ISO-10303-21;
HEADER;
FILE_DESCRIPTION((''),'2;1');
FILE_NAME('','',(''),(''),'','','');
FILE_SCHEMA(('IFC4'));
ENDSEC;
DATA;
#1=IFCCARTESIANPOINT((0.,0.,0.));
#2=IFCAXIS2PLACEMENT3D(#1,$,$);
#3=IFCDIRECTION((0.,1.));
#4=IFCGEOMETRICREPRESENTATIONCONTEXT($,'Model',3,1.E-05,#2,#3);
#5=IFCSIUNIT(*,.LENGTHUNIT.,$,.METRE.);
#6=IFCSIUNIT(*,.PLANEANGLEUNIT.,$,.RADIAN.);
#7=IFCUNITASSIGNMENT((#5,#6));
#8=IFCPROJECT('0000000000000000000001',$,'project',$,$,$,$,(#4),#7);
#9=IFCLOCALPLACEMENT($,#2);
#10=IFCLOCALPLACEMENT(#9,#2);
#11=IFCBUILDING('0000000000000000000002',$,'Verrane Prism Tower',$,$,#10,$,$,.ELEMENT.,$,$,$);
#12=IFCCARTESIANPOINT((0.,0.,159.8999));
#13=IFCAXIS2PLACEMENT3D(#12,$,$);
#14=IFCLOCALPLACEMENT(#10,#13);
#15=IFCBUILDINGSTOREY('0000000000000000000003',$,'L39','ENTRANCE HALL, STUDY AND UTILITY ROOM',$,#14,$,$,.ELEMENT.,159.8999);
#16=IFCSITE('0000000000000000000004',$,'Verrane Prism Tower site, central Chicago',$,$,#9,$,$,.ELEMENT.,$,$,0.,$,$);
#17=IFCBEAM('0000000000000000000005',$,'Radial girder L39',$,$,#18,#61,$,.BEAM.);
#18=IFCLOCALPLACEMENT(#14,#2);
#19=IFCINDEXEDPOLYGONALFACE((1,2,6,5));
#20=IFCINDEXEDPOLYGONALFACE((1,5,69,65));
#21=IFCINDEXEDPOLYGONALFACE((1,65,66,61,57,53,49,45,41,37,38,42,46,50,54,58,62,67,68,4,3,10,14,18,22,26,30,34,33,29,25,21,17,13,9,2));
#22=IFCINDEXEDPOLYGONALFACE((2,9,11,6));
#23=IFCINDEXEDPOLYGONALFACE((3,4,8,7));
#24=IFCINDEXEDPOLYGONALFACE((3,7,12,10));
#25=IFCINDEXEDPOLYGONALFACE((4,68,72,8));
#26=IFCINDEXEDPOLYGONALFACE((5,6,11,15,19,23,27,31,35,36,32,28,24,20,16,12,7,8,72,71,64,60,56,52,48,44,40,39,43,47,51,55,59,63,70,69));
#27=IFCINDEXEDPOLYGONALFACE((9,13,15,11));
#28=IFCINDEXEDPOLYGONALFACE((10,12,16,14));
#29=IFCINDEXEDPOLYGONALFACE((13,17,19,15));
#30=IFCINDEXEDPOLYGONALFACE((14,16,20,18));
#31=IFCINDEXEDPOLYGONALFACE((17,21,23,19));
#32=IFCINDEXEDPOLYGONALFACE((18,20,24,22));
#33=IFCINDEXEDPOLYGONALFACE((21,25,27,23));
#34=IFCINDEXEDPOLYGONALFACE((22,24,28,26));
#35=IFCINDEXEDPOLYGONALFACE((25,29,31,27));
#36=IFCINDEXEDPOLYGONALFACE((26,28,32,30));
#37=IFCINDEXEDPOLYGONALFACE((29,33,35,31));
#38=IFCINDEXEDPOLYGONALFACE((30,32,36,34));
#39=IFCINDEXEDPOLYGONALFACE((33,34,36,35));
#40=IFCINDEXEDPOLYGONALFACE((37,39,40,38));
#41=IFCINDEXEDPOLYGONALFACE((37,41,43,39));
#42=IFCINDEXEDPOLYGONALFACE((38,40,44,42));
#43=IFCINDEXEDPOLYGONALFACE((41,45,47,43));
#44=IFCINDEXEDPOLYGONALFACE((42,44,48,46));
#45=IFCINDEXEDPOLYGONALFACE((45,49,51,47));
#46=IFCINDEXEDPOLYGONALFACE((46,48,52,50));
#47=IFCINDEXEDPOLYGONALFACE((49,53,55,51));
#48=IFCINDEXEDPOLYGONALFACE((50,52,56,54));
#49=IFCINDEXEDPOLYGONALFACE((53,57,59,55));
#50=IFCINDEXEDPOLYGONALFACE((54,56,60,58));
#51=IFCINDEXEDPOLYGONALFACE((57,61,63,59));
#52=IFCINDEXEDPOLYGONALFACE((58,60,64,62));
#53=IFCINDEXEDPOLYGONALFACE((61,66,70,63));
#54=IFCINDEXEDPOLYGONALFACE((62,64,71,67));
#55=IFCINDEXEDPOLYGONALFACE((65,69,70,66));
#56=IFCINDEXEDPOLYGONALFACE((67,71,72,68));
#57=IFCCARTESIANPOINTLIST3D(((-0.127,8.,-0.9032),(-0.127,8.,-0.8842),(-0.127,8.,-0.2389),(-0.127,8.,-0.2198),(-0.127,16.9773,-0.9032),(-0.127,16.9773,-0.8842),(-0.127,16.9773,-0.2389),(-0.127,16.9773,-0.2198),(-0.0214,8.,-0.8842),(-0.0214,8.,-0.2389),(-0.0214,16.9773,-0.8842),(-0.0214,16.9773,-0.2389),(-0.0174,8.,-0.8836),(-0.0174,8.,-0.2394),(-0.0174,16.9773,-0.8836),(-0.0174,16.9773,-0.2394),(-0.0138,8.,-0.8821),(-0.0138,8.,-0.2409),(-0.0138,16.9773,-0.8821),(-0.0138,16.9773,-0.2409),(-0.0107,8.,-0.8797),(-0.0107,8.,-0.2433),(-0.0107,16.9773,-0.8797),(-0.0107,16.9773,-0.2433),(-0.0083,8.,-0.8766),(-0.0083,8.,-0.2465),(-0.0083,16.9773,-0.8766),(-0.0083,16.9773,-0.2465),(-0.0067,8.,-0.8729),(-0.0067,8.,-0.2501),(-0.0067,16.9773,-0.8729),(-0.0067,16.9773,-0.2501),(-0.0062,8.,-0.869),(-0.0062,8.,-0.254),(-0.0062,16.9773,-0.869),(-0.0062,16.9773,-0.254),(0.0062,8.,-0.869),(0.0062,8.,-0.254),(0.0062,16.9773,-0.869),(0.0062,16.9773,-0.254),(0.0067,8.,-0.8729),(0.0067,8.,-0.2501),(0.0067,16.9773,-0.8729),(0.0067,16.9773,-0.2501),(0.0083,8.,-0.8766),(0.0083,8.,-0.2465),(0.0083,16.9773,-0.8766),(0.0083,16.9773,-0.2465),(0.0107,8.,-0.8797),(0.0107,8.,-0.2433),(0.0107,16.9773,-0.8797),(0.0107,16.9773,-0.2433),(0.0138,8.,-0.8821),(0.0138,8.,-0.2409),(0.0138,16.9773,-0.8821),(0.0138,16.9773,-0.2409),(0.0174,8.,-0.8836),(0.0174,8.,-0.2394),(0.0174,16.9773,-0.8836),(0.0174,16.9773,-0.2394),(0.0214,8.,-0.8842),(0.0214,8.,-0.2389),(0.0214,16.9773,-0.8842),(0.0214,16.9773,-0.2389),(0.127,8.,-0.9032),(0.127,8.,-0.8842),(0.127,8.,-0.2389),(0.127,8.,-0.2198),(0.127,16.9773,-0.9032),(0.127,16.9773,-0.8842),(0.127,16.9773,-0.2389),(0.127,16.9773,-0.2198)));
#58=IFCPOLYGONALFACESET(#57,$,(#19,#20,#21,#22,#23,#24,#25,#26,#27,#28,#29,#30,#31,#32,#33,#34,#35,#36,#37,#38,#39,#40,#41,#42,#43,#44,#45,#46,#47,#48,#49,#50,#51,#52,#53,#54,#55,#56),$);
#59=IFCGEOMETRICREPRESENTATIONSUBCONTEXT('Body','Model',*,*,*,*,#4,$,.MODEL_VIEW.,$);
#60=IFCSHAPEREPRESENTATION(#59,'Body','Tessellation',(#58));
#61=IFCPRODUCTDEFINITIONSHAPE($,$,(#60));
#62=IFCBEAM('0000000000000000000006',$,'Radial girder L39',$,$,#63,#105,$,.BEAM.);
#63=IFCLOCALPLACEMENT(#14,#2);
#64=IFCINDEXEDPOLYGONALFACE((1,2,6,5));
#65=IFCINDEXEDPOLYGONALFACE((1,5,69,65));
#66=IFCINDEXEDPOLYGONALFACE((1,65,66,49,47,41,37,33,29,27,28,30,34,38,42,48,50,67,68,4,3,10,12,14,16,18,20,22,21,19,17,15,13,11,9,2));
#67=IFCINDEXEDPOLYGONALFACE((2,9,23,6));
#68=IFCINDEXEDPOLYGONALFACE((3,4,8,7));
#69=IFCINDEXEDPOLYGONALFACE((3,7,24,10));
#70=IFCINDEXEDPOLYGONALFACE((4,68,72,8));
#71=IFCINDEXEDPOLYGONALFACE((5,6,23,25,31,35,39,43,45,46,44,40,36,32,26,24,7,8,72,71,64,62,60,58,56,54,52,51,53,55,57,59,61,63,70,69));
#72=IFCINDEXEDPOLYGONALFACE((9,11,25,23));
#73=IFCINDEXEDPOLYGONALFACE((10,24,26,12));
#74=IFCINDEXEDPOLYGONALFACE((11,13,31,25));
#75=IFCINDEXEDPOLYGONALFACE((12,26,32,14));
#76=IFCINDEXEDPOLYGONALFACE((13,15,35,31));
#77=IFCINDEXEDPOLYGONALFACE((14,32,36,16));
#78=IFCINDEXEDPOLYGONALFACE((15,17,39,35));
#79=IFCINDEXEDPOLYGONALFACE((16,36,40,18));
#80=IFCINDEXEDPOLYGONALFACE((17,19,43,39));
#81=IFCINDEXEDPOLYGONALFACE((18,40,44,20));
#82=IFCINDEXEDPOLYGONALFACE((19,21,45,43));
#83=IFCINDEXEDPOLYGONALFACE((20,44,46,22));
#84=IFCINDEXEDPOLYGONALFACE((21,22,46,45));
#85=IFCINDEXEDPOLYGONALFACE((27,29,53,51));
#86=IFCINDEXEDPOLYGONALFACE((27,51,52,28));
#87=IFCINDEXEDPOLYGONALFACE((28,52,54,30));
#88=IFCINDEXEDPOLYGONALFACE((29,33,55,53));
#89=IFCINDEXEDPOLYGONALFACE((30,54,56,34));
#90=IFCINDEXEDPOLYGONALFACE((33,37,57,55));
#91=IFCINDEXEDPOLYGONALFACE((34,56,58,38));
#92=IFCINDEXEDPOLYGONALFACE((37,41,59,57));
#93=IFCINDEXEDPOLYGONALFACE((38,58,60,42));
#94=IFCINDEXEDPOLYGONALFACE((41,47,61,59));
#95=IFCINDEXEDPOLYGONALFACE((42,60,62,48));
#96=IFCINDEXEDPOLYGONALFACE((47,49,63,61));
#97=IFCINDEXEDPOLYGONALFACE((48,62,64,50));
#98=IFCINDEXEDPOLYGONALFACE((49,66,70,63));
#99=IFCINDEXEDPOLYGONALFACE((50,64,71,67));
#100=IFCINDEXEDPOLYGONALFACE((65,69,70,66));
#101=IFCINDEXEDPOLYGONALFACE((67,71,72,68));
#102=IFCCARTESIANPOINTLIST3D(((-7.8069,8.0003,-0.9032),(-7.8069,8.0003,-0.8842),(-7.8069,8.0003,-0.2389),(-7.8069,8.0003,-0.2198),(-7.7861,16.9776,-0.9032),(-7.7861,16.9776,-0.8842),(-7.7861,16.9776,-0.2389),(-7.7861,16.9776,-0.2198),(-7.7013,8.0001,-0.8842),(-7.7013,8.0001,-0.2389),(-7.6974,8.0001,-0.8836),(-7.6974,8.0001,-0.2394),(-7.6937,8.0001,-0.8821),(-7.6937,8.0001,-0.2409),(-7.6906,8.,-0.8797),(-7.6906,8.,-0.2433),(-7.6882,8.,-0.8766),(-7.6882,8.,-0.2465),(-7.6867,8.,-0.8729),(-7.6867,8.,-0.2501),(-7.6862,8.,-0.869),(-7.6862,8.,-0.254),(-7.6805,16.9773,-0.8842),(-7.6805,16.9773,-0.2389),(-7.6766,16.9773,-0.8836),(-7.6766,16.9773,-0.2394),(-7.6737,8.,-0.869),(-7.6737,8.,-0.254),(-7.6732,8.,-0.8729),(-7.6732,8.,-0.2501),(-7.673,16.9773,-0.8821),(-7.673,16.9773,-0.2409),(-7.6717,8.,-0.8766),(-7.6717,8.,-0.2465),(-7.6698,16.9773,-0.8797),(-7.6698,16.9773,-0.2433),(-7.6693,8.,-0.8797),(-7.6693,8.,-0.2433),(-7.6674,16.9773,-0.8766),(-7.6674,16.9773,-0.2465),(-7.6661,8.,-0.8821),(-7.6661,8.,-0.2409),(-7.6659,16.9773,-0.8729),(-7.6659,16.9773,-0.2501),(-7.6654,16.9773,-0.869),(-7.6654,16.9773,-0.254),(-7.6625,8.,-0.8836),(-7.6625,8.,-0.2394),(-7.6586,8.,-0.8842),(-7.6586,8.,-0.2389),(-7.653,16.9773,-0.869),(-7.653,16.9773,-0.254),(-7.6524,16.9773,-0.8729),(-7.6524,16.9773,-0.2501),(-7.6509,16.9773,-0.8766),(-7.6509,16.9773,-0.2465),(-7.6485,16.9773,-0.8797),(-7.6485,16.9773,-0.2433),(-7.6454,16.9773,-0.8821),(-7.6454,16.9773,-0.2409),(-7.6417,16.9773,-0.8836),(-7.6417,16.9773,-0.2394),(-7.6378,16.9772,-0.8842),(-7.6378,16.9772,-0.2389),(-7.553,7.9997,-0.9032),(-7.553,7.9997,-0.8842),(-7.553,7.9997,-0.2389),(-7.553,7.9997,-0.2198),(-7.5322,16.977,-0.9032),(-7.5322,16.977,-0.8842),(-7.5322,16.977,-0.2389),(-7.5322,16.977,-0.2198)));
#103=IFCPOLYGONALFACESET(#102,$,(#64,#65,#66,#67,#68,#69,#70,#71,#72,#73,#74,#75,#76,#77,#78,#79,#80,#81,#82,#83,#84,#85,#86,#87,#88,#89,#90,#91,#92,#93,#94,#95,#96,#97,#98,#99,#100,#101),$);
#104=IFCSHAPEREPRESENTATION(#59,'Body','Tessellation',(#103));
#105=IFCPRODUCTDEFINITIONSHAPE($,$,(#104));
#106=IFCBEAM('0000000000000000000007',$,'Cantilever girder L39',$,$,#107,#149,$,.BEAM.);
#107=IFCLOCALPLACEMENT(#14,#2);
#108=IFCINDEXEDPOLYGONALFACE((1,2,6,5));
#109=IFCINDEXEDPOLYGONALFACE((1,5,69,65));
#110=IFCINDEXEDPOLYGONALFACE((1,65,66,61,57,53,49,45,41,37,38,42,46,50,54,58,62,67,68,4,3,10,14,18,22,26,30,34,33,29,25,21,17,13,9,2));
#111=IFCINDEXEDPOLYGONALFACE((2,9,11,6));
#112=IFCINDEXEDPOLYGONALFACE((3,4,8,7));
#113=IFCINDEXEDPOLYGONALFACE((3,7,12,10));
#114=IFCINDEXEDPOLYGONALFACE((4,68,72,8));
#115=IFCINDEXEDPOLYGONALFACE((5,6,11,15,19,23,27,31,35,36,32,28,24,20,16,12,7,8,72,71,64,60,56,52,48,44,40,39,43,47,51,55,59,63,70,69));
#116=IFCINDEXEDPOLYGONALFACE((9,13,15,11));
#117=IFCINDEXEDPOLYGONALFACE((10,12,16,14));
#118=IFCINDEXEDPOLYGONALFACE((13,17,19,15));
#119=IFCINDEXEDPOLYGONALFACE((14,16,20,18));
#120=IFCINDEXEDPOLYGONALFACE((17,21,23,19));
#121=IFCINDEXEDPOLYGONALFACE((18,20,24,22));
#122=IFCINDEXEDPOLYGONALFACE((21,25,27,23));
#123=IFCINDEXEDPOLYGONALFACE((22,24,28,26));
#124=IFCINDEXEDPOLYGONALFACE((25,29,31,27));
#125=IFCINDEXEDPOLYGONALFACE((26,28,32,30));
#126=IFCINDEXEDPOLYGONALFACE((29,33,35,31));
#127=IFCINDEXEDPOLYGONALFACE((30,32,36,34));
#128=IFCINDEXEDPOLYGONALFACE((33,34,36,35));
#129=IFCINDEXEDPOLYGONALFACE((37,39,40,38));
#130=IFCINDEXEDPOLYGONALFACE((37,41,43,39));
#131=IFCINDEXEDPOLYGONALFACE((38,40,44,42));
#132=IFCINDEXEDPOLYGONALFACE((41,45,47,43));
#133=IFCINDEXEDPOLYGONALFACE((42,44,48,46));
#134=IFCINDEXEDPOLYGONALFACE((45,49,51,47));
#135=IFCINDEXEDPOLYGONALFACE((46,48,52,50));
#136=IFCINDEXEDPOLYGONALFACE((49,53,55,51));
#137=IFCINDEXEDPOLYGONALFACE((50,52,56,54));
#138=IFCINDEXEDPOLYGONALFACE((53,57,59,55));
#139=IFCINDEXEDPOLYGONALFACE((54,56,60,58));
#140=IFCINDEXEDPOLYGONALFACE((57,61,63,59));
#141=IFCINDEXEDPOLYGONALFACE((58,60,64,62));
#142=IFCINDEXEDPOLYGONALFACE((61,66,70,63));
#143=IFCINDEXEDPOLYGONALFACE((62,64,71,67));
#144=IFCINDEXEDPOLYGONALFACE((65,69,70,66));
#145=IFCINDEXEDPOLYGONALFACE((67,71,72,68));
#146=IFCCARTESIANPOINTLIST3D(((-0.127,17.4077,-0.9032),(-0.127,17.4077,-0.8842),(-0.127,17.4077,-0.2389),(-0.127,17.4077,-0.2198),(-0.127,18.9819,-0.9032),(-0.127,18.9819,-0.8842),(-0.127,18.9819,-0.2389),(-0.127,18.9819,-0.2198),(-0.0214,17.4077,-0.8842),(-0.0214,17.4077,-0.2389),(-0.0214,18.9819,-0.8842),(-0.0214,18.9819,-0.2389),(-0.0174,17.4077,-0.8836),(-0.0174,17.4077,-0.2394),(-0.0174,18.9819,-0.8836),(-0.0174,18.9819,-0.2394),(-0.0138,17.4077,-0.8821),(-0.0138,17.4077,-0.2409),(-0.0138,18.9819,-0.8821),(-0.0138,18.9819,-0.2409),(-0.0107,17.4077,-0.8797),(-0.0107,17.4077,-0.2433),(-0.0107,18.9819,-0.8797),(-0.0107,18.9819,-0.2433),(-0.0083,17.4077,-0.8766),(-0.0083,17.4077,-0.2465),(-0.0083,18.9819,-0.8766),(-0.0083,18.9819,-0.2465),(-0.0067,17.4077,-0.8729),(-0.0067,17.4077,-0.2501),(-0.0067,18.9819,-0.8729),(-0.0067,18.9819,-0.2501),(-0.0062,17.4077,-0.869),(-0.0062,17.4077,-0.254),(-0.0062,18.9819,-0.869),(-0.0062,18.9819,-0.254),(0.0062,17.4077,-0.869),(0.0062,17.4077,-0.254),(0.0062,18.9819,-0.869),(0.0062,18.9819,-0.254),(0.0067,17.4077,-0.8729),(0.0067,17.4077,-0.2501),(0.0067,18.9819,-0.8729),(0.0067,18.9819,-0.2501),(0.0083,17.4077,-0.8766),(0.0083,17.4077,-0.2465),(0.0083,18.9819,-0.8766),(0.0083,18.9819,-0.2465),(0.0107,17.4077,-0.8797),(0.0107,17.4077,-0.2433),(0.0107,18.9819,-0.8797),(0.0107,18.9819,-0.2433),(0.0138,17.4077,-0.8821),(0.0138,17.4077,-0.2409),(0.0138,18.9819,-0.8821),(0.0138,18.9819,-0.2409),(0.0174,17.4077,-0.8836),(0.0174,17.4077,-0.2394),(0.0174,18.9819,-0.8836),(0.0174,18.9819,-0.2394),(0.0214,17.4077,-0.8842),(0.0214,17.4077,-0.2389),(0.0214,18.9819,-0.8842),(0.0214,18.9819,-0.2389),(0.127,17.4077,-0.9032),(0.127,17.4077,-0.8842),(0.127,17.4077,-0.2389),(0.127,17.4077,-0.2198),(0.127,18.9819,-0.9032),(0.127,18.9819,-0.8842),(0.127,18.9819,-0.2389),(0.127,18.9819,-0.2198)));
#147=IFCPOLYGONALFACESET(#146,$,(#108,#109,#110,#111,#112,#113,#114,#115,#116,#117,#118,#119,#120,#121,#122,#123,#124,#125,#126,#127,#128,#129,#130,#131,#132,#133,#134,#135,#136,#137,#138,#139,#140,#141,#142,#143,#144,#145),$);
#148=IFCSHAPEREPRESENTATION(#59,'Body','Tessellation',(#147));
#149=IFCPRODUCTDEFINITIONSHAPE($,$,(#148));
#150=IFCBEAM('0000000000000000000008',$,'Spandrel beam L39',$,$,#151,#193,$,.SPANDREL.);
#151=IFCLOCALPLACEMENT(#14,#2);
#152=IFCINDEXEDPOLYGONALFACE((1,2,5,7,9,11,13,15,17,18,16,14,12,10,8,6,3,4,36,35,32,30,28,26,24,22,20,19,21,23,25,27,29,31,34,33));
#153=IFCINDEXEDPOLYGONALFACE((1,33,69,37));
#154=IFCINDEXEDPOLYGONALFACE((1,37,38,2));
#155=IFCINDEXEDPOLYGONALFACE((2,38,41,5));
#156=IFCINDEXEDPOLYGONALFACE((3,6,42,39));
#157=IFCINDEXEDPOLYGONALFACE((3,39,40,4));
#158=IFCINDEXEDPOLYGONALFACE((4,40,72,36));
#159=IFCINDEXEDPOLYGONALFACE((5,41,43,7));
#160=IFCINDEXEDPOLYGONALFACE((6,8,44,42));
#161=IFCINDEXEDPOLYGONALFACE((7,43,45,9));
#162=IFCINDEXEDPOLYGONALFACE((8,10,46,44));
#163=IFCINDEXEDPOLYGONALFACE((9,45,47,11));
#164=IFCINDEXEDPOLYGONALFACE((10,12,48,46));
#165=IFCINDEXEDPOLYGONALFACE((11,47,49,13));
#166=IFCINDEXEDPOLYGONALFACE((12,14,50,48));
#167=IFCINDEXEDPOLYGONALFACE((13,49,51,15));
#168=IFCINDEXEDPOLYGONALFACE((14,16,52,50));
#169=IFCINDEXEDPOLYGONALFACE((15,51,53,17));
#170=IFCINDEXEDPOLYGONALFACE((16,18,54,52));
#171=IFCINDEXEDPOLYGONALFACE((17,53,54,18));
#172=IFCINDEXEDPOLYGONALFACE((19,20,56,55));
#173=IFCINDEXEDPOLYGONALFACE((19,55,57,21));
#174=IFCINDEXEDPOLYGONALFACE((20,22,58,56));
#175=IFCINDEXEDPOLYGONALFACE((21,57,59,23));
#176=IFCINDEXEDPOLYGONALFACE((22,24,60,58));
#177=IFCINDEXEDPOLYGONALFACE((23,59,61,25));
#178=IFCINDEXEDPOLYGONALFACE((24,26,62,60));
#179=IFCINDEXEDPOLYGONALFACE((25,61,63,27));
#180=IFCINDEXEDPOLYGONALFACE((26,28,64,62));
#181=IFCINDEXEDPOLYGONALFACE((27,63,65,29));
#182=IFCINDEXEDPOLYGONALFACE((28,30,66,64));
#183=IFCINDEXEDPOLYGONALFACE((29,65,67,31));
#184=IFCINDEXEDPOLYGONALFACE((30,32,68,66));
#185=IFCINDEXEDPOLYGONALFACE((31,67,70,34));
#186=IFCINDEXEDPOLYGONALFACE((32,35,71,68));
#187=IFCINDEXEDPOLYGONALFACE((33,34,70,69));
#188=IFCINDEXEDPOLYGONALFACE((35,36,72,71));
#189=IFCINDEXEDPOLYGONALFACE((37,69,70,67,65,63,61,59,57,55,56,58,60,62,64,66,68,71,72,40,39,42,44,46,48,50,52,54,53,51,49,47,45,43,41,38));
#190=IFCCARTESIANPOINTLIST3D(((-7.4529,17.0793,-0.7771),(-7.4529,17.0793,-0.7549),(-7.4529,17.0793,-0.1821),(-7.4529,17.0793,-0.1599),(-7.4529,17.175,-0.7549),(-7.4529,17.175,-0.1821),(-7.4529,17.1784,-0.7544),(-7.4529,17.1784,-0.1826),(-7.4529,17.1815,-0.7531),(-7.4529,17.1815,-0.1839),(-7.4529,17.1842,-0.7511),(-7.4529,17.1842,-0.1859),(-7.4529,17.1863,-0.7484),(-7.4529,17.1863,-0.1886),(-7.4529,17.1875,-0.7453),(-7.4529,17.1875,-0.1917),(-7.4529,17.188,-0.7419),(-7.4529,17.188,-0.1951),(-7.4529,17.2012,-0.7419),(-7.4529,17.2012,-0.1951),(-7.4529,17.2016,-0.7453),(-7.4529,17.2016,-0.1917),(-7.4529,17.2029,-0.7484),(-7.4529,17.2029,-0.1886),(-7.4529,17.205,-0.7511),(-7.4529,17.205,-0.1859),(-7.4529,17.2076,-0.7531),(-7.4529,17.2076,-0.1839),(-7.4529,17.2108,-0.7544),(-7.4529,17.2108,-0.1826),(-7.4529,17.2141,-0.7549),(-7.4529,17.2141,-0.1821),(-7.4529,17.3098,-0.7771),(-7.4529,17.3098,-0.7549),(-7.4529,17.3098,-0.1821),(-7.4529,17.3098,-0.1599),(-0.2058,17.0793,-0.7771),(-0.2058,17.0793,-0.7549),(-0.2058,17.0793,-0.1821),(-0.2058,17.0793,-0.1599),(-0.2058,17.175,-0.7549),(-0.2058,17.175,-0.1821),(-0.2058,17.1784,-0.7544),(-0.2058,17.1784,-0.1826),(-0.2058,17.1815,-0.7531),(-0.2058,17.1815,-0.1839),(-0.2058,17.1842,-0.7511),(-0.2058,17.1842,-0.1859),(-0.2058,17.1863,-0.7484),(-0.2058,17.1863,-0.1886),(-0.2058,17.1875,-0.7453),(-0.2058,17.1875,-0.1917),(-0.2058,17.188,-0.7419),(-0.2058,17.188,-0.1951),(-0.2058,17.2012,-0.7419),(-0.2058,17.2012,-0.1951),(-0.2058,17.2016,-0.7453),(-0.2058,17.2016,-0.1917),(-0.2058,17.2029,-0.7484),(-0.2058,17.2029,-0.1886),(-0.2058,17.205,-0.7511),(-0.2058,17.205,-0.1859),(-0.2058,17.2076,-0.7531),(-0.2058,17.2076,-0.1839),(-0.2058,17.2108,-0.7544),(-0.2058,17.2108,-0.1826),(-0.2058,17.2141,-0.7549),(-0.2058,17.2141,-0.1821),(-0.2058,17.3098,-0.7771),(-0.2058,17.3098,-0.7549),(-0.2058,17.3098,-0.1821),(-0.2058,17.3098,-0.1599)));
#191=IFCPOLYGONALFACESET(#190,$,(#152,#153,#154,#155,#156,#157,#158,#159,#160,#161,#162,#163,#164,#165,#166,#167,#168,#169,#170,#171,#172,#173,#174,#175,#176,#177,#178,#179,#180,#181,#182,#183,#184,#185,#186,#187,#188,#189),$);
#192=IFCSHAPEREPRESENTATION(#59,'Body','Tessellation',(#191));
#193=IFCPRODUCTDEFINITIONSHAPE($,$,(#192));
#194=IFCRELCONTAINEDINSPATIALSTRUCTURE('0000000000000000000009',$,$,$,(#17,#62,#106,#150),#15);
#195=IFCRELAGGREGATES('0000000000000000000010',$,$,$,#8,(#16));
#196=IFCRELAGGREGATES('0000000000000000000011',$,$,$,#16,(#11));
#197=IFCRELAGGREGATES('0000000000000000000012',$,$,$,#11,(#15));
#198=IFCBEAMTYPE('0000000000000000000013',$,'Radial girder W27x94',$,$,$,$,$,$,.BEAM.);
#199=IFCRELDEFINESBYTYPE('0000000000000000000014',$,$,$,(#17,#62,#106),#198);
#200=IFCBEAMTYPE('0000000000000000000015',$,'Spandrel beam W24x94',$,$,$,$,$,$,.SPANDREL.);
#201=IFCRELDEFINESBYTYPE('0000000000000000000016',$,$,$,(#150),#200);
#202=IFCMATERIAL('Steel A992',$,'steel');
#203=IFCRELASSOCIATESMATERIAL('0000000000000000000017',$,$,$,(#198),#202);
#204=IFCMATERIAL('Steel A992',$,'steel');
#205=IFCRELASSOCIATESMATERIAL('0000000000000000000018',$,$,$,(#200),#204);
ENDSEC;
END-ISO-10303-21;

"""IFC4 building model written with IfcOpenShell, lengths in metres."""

from ifc_helpers import new_model, si_unit, direction, frame, origin, origin_2d, place, context, subcontext, project, spatial, i_section, extrude, material, material_profile, profile_set, type_object, element, save


model = new_model("IFC4")

# Units and contexts
model_context = context("Model", 3, precision=1e-05, world=origin(), true_north=direction((0.0, 1.0)))
body_context = subcontext(model_context, "Body", "Model", "MODEL_VIEW")
ifc_project = project(units=[si_unit("LENGTHUNIT", "METRE"), si_unit("PLANEANGLEUNIT", "RADIAN")], contexts=[model_context])

# Site, building, storey
site_placement = place(None, origin())
site = spatial("IfcSite", under=ifc_project, at=site_placement, Name="Verrane Prism Tower site, central Chicago", CompositionType="ELEMENT", RefElevation=0.0)
building_placement = place(site_placement, origin())
building = spatial("IfcBuilding", under=site, at=building_placement, Name="Verrane Prism Tower", CompositionType="ELEMENT")
storey_placement = place(building_placement, frame((0.0, 0.0, 159.8999)))
storey = spatial("IfcBuildingStorey", under=building, at=storey_placement, Name="L39", Description="ENTRANCE HALL, STUDY AND UTILITY ROOM", CompositionType="ELEMENT", Elevation=159.8999)

# Beams
ifc_material_1 = material(Name="Steel A992", Category="steel")
ifc_material_profile_1 = material_profile(ifc_material_1, i_section(OverallWidth=0.2539, OverallDepth=0.6833, WebThickness=0.0125, FlangeThickness=0.019, FilletRadius=0.0151, at=origin_2d()), Name="W27x94")
ifc_profile_set_1 = profile_set([ifc_material_profile_1], Name="Steel A992")
beam_type_1 = type_object("IfcBeamType", Name="Radial girder W27x94", PredefinedType="BEAM", material=ifc_profile_set_1)
for number, where, z_axis, x_axis, name in (
    (1, (0.0, 16.9773, -0.5615), (0.0, -1.0, 0.0), (1.0, 0.0, 0.0), "Radial girder L39"),
    (2, (-7.6592, 16.9773, -0.5615), (-0.002312, -0.999997, 0.0), (0.999997, -0.002312, 0.0), "Radial girder L39"),
):
    element("IfcBeam", number, at=place(storey_placement, frame(where, z_axis=z_axis, x_axis=x_axis)), inside=storey, type_object=beam_type_1, Name=name, PredefinedType="BEAM", context=body_context, shape_type="SweptSolid", body=[
        extrude(i_section(OverallWidth=0.2539, OverallDepth=0.6833, WebThickness=0.0125, FlangeThickness=0.019, FilletRadius=0.0151, at=origin_2d()), origin(), (0.0, 0.0, 1.0), 8.9773),
    ])
beam_1_placement = place(storey_placement, frame((0.0, 17.4077, -0.5615), z_axis=(0.0, 1.0, 0.0), x_axis=(-1.0, 0.0, 0.0)))
element("IfcBeam", 3, at=beam_1_placement, inside=storey, type_object=beam_type_1, Name="Cantilever girder L39", PredefinedType="BEAM", context=body_context, shape_type="SweptSolid", body=[
    extrude(i_section(OverallWidth=0.2539, OverallDepth=0.6833, WebThickness=0.0125, FlangeThickness=0.019, FilletRadius=0.0151, at=origin_2d()), origin(), (0.0, 0.0, 1.0), 1.5742),
])
ifc_material_2 = material(Name="Steel A992", Category="steel")
ifc_material_profile_2 = material_profile(ifc_material_2, i_section(OverallWidth=0.2305, OverallDepth=0.6172, WebThickness=0.0132, FlangeThickness=0.0222, FilletRadius=0.0129, at=origin_2d()), Name="W24x94")
ifc_profile_set_2 = profile_set([ifc_material_profile_2], Name="Steel A992")
beam_type_2 = type_object("IfcBeamType", Name="Spandrel beam W24x94", PredefinedType="SPANDREL", material=ifc_profile_set_2)
beam_2_placement = place(storey_placement, frame((-0.2058, 17.1946, -0.4685), z_axis=(-1.0, 0.0, 0.0), x_axis=(0.0, -1.0, 0.0)))
element("IfcBeam", 4, at=beam_2_placement, inside=storey, type_object=beam_type_2, Name="Spandrel beam L39", PredefinedType="SPANDREL", context=body_context, shape_type="SweptSolid", body=[
    extrude(i_section(OverallWidth=0.2305, OverallDepth=0.6172, WebThickness=0.0132, FlangeThickness=0.0222, FilletRadius=0.0129, at=origin_2d()), origin(), (0.0, 0.0, 1.0), 7.2471),
])

save(model, "model.ifc")
